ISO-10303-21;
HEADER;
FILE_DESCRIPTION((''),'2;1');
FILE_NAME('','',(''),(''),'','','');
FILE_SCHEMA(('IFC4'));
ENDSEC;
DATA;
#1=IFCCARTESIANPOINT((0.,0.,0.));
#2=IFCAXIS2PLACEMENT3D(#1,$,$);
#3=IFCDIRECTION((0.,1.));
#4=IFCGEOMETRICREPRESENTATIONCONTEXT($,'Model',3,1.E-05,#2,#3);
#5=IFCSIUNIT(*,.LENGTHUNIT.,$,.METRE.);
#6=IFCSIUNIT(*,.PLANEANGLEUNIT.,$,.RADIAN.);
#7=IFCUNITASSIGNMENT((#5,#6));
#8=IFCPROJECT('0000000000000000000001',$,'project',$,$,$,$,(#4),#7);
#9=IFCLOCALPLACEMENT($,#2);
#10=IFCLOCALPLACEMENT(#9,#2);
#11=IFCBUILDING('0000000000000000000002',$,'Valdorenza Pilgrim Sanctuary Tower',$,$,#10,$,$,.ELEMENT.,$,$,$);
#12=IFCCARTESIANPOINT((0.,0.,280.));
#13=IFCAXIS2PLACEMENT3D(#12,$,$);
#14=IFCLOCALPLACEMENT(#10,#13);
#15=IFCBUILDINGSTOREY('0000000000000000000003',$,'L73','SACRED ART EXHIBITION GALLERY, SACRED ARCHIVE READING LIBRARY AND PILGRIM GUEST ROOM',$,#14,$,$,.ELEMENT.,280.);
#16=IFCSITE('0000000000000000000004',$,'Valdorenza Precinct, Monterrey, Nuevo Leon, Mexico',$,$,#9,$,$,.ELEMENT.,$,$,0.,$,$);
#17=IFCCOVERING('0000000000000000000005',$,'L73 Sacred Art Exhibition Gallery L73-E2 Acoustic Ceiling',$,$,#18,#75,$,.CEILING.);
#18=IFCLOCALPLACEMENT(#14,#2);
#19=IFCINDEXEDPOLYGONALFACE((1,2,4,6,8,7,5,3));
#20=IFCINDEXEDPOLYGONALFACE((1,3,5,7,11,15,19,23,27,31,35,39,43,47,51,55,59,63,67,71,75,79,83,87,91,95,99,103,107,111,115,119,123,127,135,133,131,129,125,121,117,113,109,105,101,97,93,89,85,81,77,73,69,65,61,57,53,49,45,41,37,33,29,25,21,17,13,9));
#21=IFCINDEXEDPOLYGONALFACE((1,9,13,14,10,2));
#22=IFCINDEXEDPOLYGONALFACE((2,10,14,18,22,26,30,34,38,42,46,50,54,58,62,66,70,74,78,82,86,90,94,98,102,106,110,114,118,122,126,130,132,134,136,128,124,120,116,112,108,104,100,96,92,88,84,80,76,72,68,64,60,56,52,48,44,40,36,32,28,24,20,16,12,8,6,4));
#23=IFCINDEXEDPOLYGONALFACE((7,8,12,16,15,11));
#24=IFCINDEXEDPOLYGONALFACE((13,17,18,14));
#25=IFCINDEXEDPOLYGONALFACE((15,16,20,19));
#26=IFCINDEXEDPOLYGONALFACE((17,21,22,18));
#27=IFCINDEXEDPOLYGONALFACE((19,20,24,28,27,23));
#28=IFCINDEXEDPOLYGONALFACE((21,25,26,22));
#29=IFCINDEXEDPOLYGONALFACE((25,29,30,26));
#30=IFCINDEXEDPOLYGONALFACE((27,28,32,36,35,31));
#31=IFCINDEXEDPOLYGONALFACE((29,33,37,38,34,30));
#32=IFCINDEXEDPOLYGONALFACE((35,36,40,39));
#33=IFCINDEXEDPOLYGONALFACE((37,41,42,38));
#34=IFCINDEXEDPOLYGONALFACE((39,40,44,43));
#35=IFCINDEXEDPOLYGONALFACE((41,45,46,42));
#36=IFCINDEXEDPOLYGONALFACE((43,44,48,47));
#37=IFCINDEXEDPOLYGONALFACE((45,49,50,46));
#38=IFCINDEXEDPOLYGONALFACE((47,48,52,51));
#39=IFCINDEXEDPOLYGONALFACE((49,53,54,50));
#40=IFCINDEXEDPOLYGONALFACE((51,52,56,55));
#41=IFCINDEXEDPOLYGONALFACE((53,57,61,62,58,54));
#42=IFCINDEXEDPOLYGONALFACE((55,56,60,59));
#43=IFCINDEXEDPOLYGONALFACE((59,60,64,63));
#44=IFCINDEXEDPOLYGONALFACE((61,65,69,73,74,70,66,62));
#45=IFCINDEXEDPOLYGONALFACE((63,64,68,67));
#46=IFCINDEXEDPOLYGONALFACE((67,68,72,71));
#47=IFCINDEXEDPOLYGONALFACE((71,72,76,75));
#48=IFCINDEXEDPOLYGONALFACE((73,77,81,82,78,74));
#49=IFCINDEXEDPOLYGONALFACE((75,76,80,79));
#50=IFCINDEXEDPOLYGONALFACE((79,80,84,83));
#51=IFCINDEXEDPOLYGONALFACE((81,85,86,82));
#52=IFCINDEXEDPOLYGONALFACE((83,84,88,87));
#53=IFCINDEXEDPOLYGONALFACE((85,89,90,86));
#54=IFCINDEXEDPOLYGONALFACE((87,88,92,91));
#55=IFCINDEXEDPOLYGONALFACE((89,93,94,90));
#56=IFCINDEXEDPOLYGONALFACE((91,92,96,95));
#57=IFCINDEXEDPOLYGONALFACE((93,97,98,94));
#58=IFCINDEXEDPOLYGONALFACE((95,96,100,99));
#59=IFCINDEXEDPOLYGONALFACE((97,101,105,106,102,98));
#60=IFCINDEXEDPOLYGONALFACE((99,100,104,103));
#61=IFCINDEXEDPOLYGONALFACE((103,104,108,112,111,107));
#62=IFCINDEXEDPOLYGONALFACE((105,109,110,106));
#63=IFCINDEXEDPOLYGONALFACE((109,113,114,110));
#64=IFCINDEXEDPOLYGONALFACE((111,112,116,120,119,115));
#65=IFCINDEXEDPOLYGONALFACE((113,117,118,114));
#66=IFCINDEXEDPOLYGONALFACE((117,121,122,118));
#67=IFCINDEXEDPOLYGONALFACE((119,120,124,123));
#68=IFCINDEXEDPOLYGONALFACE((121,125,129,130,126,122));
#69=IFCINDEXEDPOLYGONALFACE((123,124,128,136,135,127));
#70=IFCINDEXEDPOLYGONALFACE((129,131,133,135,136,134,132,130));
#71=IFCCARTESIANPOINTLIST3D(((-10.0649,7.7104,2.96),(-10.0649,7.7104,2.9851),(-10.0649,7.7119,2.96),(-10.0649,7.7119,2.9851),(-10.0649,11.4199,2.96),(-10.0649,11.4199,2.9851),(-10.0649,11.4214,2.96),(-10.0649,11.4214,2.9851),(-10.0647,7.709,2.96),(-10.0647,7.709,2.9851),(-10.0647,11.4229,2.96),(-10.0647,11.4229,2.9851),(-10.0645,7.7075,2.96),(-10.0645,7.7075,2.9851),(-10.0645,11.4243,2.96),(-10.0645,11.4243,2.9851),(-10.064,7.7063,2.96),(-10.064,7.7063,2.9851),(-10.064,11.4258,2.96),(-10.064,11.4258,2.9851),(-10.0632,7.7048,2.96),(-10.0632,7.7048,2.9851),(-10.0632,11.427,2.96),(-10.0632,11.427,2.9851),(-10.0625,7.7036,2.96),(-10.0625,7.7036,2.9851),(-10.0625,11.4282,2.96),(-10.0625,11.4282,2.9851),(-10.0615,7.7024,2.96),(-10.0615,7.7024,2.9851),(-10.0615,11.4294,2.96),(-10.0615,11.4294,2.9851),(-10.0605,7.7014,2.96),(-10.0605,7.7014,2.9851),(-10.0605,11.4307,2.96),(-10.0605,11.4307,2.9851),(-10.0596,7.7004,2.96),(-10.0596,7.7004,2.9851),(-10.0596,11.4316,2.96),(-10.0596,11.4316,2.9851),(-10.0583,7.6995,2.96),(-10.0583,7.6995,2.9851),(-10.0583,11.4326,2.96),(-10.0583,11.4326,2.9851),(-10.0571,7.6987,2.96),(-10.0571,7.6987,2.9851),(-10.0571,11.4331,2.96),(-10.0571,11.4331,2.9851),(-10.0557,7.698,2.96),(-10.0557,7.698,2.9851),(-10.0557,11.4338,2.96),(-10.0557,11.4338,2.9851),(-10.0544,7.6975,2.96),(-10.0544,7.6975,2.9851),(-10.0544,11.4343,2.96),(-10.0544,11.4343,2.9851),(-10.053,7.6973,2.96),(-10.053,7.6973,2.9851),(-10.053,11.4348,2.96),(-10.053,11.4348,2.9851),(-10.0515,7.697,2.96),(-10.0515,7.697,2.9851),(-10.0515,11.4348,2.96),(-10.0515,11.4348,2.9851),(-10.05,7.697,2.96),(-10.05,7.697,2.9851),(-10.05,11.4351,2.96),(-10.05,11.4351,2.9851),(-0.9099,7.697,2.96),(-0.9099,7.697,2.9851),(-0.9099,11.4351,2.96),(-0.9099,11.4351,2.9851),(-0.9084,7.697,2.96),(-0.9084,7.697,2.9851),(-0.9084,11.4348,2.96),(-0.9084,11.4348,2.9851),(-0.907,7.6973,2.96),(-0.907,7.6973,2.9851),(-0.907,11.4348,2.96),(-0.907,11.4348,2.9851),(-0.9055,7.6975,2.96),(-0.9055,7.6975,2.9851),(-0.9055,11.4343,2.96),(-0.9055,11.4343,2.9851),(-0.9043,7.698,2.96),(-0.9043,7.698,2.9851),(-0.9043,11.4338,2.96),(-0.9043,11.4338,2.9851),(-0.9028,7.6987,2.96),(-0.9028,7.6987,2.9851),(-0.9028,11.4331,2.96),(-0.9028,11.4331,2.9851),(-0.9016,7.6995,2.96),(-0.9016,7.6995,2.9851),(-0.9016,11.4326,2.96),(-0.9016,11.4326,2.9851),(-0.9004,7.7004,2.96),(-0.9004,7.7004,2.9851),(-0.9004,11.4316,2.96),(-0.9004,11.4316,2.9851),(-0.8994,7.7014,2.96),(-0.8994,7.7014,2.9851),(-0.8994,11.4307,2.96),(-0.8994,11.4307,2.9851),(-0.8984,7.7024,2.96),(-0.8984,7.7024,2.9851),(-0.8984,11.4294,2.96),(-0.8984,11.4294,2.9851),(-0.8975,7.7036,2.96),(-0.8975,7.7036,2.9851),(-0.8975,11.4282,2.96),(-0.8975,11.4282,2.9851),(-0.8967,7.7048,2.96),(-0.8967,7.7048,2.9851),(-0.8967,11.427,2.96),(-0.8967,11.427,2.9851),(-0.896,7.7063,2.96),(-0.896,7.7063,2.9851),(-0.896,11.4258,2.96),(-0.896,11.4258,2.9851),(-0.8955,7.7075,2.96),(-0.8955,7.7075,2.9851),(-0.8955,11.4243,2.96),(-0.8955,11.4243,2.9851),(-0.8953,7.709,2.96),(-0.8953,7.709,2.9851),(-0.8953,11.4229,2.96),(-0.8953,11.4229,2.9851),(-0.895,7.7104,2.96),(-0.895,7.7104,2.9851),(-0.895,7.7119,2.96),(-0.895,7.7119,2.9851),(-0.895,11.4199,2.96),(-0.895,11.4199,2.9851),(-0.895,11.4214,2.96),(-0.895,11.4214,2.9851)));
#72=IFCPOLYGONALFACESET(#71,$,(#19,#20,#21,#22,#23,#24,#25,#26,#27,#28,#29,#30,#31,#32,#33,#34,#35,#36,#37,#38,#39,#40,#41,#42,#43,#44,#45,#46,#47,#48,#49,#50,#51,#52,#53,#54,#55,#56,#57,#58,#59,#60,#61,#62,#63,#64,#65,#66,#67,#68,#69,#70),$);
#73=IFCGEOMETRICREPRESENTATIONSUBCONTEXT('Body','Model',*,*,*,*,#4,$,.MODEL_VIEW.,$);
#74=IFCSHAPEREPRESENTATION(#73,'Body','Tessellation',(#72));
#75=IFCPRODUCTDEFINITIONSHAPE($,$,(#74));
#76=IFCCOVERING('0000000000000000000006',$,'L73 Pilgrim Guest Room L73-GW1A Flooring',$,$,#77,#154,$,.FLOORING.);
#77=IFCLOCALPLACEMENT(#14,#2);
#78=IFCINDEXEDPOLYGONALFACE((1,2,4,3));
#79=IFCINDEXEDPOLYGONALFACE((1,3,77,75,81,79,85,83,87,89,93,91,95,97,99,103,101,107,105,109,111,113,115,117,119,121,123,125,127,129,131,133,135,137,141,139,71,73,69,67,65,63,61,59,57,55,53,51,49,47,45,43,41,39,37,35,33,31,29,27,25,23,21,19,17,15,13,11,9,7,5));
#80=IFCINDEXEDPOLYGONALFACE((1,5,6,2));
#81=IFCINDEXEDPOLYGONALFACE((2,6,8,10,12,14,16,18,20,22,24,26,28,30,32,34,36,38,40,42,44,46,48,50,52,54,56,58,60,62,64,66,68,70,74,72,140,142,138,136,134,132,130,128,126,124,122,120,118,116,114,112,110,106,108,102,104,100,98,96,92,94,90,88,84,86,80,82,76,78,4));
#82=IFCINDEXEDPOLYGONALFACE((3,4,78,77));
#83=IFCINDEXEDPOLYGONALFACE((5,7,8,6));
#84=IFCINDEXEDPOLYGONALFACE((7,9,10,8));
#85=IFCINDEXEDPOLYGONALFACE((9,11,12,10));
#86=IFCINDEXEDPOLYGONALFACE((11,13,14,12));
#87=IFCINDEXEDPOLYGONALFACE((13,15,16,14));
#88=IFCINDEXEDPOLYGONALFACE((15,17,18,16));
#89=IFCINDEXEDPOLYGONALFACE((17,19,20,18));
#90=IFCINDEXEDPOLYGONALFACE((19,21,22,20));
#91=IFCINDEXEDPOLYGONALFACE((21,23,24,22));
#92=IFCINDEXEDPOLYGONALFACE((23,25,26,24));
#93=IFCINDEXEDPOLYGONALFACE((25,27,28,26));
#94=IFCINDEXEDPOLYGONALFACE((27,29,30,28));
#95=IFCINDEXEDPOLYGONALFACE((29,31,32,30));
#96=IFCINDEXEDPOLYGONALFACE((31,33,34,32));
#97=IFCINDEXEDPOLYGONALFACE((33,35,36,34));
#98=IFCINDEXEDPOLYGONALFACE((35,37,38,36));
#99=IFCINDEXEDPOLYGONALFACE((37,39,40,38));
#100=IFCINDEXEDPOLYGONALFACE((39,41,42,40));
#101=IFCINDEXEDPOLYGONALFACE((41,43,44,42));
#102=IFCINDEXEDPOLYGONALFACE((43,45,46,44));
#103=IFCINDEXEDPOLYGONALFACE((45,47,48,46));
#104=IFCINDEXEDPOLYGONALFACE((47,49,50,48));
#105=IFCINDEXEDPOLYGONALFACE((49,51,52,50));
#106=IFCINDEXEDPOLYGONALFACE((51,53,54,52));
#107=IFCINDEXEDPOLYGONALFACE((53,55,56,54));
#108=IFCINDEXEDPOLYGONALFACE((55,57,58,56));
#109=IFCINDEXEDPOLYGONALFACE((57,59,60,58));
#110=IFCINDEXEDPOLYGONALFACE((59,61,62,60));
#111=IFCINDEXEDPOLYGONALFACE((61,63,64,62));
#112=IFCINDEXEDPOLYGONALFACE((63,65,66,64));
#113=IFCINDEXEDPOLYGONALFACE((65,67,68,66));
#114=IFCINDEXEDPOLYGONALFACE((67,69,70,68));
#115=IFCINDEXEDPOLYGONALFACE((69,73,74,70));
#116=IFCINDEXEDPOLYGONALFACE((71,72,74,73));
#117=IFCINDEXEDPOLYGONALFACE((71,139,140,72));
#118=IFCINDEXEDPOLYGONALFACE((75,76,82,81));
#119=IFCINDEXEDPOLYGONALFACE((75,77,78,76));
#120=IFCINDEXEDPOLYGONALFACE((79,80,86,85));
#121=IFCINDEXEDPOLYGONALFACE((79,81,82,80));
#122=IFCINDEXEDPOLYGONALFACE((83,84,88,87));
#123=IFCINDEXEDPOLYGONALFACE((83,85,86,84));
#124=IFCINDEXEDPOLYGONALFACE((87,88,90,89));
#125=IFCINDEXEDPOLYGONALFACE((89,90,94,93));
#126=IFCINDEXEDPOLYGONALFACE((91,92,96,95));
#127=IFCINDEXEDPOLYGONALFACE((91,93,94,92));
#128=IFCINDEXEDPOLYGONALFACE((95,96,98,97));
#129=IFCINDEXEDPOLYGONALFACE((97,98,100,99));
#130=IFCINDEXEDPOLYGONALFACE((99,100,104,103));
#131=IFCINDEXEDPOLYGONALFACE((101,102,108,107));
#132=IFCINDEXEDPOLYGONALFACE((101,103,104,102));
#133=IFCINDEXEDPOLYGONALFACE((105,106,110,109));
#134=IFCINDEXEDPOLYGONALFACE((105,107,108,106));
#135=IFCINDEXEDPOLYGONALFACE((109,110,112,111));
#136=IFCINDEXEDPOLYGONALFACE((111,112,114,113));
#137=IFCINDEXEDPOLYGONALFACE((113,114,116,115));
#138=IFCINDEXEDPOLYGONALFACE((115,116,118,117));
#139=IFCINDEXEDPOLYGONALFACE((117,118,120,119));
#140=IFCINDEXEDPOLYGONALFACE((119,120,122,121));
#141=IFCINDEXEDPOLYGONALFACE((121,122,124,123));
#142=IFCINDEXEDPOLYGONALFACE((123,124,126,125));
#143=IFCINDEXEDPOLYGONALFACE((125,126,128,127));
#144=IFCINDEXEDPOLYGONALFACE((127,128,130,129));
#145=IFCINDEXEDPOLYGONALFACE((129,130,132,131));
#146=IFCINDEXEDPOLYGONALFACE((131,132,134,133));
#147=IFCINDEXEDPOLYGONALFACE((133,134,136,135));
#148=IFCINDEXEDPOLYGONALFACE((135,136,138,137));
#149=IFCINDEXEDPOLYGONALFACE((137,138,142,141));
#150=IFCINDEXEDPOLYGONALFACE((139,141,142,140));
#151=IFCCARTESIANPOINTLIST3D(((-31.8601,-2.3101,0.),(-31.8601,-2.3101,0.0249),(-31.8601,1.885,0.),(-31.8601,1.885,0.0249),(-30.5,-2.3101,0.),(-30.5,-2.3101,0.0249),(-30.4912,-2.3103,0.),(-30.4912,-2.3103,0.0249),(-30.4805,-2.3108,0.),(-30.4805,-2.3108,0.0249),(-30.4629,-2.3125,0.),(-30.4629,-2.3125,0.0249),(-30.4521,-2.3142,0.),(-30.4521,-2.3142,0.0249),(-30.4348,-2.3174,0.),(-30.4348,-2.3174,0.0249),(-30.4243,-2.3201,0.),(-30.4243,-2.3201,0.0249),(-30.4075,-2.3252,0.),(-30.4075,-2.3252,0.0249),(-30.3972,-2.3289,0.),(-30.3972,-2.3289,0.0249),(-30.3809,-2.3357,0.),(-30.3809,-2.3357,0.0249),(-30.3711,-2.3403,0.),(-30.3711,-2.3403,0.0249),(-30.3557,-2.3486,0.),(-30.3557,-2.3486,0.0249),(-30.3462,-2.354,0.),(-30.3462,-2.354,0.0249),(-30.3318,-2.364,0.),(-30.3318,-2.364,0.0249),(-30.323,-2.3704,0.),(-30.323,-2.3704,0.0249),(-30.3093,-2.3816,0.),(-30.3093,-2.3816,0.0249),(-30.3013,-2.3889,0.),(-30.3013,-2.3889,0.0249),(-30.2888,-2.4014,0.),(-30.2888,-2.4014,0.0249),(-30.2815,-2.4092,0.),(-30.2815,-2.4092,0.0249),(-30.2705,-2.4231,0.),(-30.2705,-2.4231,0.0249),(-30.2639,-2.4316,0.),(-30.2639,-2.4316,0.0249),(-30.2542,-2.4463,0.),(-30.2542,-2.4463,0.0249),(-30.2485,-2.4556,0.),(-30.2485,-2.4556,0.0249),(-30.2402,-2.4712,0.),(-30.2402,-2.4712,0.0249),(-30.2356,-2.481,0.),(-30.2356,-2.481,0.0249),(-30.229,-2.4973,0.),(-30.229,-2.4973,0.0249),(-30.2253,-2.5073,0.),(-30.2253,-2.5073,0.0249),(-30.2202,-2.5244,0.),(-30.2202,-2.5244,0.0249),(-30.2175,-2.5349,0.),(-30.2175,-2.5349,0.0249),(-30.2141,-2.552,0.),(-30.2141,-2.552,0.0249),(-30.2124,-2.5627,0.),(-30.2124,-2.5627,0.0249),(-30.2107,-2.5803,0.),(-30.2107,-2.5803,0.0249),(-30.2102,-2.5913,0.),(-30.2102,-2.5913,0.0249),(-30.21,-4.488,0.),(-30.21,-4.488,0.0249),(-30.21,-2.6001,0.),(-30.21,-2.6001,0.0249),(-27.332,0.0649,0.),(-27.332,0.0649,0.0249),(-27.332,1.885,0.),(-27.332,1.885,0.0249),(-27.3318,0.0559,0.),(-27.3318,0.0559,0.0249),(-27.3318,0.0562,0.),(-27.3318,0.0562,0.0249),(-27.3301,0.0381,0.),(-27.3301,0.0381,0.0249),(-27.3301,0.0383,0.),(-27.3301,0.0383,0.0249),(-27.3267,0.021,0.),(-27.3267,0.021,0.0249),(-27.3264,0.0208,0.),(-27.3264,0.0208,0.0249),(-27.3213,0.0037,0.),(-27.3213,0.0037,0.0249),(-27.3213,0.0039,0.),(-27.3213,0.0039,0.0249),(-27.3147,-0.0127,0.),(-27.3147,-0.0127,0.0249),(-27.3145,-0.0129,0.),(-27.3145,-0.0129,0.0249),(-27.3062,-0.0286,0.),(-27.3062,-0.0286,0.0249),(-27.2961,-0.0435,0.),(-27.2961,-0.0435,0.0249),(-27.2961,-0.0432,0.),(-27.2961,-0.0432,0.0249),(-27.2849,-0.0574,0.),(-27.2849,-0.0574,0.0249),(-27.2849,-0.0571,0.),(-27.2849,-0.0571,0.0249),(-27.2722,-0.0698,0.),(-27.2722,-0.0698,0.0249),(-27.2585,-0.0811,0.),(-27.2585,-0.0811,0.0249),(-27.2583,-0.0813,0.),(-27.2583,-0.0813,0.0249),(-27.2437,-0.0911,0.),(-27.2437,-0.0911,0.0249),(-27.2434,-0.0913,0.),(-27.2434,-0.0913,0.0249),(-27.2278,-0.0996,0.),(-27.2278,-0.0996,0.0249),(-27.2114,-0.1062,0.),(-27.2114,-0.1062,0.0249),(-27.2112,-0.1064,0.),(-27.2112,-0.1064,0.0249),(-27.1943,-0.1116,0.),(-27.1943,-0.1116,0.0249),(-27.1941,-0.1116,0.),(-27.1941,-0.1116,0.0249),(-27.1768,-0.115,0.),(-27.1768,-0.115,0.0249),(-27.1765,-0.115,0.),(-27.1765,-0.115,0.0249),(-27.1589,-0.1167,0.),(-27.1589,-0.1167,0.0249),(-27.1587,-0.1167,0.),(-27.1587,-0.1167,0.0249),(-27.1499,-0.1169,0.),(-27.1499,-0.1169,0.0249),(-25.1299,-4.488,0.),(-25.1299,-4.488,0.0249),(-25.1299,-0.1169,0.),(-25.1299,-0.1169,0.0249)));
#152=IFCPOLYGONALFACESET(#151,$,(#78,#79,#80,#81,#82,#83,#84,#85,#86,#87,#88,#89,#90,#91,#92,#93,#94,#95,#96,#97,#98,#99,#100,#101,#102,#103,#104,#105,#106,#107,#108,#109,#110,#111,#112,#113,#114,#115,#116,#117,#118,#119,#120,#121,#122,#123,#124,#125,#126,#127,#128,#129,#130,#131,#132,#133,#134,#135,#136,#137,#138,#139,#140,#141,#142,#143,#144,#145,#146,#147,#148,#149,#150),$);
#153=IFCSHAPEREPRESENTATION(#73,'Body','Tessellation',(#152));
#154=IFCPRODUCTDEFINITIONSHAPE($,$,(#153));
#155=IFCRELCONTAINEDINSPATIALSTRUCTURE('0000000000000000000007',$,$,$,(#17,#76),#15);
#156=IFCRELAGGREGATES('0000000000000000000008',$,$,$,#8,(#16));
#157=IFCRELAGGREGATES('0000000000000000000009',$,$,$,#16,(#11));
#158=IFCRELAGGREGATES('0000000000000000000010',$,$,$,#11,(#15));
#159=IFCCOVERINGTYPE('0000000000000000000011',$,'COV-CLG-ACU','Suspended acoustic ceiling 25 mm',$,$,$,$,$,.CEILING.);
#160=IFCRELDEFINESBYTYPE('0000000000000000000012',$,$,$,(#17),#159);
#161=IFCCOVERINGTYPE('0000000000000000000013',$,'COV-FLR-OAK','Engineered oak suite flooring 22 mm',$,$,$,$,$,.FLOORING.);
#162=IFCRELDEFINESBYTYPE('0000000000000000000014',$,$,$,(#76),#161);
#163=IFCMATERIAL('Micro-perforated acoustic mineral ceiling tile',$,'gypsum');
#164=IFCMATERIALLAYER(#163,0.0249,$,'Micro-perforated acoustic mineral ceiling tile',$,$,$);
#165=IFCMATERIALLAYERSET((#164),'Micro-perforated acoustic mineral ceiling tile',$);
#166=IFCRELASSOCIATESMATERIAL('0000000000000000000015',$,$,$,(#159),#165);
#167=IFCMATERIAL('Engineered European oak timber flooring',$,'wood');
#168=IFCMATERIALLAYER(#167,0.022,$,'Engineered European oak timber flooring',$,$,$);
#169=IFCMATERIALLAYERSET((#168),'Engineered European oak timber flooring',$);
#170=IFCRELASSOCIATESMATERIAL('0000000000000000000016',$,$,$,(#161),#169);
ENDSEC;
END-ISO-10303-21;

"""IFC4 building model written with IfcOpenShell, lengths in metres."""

from ifc_helpers import new_model, si_unit, direction, frame, origin, place, context, subcontext, project, spatial, polyline, outline, extrude, material, layer, layer_set, type_object, element, save


model = new_model("IFC4")

# Units and contexts
model_context = context("Model", 3, precision=1e-05, world=origin(), true_north=direction((0.0, 1.0)))
body_context = subcontext(model_context, "Body", "Model", "MODEL_VIEW")
ifc_project = project(units=[si_unit("LENGTHUNIT", "METRE"), si_unit("PLANEANGLEUNIT", "RADIAN")], contexts=[model_context])

# Site, building, storey
site_placement = place(None, origin())
site = spatial("IfcSite", under=ifc_project, at=site_placement, Name="Valdorenza Precinct, Monterrey, Nuevo Leon, Mexico", CompositionType="ELEMENT", RefElevation=0.0)
building_placement = place(site_placement, origin())
building = spatial("IfcBuilding", under=site, at=building_placement, Name="Valdorenza Pilgrim Sanctuary Tower", CompositionType="ELEMENT")
storey_placement = place(building_placement, frame((0.0, 0.0, 280.0)))
storey = spatial("IfcBuildingStorey", under=building, at=storey_placement, Name="L73", Description="SACRED ART EXHIBITION GALLERY, SACRED ARCHIVE READING LIBRARY AND PILGRIM GUEST ROOM", CompositionType="ELEMENT", Elevation=280.0)

# Coverings
ifc_material_1 = material(Name="Micro-perforated acoustic mineral ceiling tile", Category="gypsum")
ifc_layer_1 = layer(ifc_material_1, 0.0249, Name="Micro-perforated acoustic mineral ceiling tile")
ifc_layer_set_1 = layer_set([ifc_layer_1], Name="Micro-perforated acoustic mineral ceiling tile")
covering_type_1 = type_object("IfcCoveringType", Name="COV-CLG-ACU", Description="Suspended acoustic ceiling 25 mm", PredefinedType="CEILING", material=ifc_layer_set_1)
covering_1_placement = place(storey_placement, frame((0.0, 0.0, 2.96)))
element("IfcCovering", 1, at=covering_1_placement, inside=storey, type_object=covering_type_1, Name="L73 Sacred Art Exhibition Gallery L73-E2 Acoustic Ceiling", PredefinedType="CEILING", context=body_context, shape_type="SweptSolid", body=[
    extrude(outline(polyline([(-10.0649, 11.4199), (-10.0649, 11.4214), (-10.0647, 11.4229), (-10.0645, 11.4243), (-10.064, 11.4258), (-10.0632, 11.427), (-10.0625, 11.4282), (-10.0615, 11.4294), (-10.0605, 11.4307), (-10.0596, 11.4316), (-10.0583, 11.4326), (-10.0571, 11.4331), (-10.0557, 11.4338), (-10.0544, 11.4343), (-10.053, 11.4348), (-10.0515, 11.4348), (-10.05, 11.4351), (-0.9099, 11.4351), (-0.9084, 11.4348), (-0.907, 11.4348), (-0.9055, 11.4343), (-0.9043, 11.4338), (-0.9028, 11.4331), (-0.9016, 11.4326), (-0.9004, 11.4316), (-0.8994, 11.4307), (-0.8984, 11.4294), (-0.8975, 11.4282), (-0.8967, 11.427), (-0.896, 11.4258), (-0.8955, 11.4243), (-0.8953, 11.4229), (-0.895, 11.4214), (-0.895, 11.4199), (-0.895, 7.7119), (-0.895, 7.7104), (-0.8953, 7.709), (-0.8955, 7.7075), (-0.896, 7.7063), (-0.8967, 7.7048), (-0.8975, 7.7036), (-0.8984, 7.7024), (-0.8994, 7.7014), (-0.9004, 7.7004), (-0.9016, 7.6995), (-0.9028, 7.6987), (-0.9043, 7.698), (-0.9055, 7.6975), (-0.907, 7.6973), (-0.9084, 7.697), (-0.9099, 7.697), (-10.05, 7.697), (-10.0515, 7.697), (-10.053, 7.6973), (-10.0544, 7.6975), (-10.0557, 7.698), (-10.0571, 7.6987), (-10.0583, 7.6995), (-10.0596, 7.7004), (-10.0605, 7.7014), (-10.0615, 7.7024), (-10.0625, 7.7036), (-10.0632, 7.7048), (-10.064, 7.7063), (-10.0645, 7.7075), (-10.0647, 7.709), (-10.0649, 7.7104), (-10.0649, 7.7119), (-10.0649, 11.4199)])), origin(), (0.0, 0.0, 1.0), 0.0251),
])
ifc_material_2 = material(Name="Engineered European oak timber flooring", Category="wood")
ifc_layer_2 = layer(ifc_material_2, 0.022, Name="Engineered European oak timber flooring")
ifc_layer_set_2 = layer_set([ifc_layer_2], Name="Engineered European oak timber flooring")
covering_type_2 = type_object("IfcCoveringType", Name="COV-FLR-OAK", Description="Engineered oak suite flooring 22 mm", PredefinedType="FLOORING", material=ifc_layer_set_2)
covering_2_placement = place(storey_placement, origin())
element("IfcCovering", 2, at=covering_2_placement, inside=storey, type_object=covering_type_2, Name="L73 Pilgrim Guest Room L73-GW1A Flooring", PredefinedType="FLOORING", context=body_context, shape_type="SweptSolid", body=[
    extrude(outline(polyline([(-30.21, -2.6001), (-30.2102, -2.5913), (-30.2107, -2.5803), (-30.2124, -2.5627), (-30.2141, -2.552), (-30.2175, -2.5349), (-30.2202, -2.5244), (-30.2253, -2.5073), (-30.229, -2.4973), (-30.2356, -2.481), (-30.2402, -2.4712), (-30.2485, -2.4556), (-30.2542, -2.4463), (-30.2639, -2.4316), (-30.2705, -2.4231), (-30.2815, -2.4092), (-30.2888, -2.4014), (-30.3013, -2.3889), (-30.3093, -2.3816), (-30.323, -2.3704), (-30.3318, -2.364), (-30.3462, -2.354), (-30.3557, -2.3486), (-30.3711, -2.3403), (-30.3809, -2.3357), (-30.3972, -2.3289), (-30.4075, -2.3252), (-30.4243, -2.3201), (-30.4348, -2.3174), (-30.4521, -2.3142), (-30.4629, -2.3125), (-30.4805, -2.3108), (-30.4912, -2.3103), (-30.5, -2.3101), (-31.8601, -2.3101), (-31.8601, 1.885), (-27.332, 1.885), (-27.332, 0.0649), (-27.3318, 0.0562), (-27.3318, 0.0559), (-27.3301, 0.0383), (-27.3301, 0.0381), (-27.3267, 0.021), (-27.3264, 0.0208), (-27.3213, 0.0039), (-27.3213, 0.0037), (-27.3147, -0.0127), (-27.3145, -0.0129), (-27.3062, -0.0286), (-27.3062, -0.0286), (-27.2961, -0.0432), (-27.2961, -0.0435), (-27.2849, -0.0571), (-27.2849, -0.0574), (-27.2722, -0.0698), (-27.2722, -0.0698), (-27.2585, -0.0811), (-27.2583, -0.0813), (-27.2437, -0.0911), (-27.2434, -0.0913), (-27.2278, -0.0996), (-27.2278, -0.0996), (-27.2114, -0.1062), (-27.2112, -0.1064), (-27.1943, -0.1116), (-27.1941, -0.1116), (-27.1768, -0.115), (-27.1765, -0.115), (-27.1589, -0.1167), (-27.1587, -0.1167), (-27.1499, -0.1169), (-25.1299, -0.1169), (-25.1299, -4.488), (-30.21, -4.488), (-30.21, -2.6001)])), origin(), (0.0, 0.0, 1.0), 0.0249),
])

save(model, "model.ifc")
